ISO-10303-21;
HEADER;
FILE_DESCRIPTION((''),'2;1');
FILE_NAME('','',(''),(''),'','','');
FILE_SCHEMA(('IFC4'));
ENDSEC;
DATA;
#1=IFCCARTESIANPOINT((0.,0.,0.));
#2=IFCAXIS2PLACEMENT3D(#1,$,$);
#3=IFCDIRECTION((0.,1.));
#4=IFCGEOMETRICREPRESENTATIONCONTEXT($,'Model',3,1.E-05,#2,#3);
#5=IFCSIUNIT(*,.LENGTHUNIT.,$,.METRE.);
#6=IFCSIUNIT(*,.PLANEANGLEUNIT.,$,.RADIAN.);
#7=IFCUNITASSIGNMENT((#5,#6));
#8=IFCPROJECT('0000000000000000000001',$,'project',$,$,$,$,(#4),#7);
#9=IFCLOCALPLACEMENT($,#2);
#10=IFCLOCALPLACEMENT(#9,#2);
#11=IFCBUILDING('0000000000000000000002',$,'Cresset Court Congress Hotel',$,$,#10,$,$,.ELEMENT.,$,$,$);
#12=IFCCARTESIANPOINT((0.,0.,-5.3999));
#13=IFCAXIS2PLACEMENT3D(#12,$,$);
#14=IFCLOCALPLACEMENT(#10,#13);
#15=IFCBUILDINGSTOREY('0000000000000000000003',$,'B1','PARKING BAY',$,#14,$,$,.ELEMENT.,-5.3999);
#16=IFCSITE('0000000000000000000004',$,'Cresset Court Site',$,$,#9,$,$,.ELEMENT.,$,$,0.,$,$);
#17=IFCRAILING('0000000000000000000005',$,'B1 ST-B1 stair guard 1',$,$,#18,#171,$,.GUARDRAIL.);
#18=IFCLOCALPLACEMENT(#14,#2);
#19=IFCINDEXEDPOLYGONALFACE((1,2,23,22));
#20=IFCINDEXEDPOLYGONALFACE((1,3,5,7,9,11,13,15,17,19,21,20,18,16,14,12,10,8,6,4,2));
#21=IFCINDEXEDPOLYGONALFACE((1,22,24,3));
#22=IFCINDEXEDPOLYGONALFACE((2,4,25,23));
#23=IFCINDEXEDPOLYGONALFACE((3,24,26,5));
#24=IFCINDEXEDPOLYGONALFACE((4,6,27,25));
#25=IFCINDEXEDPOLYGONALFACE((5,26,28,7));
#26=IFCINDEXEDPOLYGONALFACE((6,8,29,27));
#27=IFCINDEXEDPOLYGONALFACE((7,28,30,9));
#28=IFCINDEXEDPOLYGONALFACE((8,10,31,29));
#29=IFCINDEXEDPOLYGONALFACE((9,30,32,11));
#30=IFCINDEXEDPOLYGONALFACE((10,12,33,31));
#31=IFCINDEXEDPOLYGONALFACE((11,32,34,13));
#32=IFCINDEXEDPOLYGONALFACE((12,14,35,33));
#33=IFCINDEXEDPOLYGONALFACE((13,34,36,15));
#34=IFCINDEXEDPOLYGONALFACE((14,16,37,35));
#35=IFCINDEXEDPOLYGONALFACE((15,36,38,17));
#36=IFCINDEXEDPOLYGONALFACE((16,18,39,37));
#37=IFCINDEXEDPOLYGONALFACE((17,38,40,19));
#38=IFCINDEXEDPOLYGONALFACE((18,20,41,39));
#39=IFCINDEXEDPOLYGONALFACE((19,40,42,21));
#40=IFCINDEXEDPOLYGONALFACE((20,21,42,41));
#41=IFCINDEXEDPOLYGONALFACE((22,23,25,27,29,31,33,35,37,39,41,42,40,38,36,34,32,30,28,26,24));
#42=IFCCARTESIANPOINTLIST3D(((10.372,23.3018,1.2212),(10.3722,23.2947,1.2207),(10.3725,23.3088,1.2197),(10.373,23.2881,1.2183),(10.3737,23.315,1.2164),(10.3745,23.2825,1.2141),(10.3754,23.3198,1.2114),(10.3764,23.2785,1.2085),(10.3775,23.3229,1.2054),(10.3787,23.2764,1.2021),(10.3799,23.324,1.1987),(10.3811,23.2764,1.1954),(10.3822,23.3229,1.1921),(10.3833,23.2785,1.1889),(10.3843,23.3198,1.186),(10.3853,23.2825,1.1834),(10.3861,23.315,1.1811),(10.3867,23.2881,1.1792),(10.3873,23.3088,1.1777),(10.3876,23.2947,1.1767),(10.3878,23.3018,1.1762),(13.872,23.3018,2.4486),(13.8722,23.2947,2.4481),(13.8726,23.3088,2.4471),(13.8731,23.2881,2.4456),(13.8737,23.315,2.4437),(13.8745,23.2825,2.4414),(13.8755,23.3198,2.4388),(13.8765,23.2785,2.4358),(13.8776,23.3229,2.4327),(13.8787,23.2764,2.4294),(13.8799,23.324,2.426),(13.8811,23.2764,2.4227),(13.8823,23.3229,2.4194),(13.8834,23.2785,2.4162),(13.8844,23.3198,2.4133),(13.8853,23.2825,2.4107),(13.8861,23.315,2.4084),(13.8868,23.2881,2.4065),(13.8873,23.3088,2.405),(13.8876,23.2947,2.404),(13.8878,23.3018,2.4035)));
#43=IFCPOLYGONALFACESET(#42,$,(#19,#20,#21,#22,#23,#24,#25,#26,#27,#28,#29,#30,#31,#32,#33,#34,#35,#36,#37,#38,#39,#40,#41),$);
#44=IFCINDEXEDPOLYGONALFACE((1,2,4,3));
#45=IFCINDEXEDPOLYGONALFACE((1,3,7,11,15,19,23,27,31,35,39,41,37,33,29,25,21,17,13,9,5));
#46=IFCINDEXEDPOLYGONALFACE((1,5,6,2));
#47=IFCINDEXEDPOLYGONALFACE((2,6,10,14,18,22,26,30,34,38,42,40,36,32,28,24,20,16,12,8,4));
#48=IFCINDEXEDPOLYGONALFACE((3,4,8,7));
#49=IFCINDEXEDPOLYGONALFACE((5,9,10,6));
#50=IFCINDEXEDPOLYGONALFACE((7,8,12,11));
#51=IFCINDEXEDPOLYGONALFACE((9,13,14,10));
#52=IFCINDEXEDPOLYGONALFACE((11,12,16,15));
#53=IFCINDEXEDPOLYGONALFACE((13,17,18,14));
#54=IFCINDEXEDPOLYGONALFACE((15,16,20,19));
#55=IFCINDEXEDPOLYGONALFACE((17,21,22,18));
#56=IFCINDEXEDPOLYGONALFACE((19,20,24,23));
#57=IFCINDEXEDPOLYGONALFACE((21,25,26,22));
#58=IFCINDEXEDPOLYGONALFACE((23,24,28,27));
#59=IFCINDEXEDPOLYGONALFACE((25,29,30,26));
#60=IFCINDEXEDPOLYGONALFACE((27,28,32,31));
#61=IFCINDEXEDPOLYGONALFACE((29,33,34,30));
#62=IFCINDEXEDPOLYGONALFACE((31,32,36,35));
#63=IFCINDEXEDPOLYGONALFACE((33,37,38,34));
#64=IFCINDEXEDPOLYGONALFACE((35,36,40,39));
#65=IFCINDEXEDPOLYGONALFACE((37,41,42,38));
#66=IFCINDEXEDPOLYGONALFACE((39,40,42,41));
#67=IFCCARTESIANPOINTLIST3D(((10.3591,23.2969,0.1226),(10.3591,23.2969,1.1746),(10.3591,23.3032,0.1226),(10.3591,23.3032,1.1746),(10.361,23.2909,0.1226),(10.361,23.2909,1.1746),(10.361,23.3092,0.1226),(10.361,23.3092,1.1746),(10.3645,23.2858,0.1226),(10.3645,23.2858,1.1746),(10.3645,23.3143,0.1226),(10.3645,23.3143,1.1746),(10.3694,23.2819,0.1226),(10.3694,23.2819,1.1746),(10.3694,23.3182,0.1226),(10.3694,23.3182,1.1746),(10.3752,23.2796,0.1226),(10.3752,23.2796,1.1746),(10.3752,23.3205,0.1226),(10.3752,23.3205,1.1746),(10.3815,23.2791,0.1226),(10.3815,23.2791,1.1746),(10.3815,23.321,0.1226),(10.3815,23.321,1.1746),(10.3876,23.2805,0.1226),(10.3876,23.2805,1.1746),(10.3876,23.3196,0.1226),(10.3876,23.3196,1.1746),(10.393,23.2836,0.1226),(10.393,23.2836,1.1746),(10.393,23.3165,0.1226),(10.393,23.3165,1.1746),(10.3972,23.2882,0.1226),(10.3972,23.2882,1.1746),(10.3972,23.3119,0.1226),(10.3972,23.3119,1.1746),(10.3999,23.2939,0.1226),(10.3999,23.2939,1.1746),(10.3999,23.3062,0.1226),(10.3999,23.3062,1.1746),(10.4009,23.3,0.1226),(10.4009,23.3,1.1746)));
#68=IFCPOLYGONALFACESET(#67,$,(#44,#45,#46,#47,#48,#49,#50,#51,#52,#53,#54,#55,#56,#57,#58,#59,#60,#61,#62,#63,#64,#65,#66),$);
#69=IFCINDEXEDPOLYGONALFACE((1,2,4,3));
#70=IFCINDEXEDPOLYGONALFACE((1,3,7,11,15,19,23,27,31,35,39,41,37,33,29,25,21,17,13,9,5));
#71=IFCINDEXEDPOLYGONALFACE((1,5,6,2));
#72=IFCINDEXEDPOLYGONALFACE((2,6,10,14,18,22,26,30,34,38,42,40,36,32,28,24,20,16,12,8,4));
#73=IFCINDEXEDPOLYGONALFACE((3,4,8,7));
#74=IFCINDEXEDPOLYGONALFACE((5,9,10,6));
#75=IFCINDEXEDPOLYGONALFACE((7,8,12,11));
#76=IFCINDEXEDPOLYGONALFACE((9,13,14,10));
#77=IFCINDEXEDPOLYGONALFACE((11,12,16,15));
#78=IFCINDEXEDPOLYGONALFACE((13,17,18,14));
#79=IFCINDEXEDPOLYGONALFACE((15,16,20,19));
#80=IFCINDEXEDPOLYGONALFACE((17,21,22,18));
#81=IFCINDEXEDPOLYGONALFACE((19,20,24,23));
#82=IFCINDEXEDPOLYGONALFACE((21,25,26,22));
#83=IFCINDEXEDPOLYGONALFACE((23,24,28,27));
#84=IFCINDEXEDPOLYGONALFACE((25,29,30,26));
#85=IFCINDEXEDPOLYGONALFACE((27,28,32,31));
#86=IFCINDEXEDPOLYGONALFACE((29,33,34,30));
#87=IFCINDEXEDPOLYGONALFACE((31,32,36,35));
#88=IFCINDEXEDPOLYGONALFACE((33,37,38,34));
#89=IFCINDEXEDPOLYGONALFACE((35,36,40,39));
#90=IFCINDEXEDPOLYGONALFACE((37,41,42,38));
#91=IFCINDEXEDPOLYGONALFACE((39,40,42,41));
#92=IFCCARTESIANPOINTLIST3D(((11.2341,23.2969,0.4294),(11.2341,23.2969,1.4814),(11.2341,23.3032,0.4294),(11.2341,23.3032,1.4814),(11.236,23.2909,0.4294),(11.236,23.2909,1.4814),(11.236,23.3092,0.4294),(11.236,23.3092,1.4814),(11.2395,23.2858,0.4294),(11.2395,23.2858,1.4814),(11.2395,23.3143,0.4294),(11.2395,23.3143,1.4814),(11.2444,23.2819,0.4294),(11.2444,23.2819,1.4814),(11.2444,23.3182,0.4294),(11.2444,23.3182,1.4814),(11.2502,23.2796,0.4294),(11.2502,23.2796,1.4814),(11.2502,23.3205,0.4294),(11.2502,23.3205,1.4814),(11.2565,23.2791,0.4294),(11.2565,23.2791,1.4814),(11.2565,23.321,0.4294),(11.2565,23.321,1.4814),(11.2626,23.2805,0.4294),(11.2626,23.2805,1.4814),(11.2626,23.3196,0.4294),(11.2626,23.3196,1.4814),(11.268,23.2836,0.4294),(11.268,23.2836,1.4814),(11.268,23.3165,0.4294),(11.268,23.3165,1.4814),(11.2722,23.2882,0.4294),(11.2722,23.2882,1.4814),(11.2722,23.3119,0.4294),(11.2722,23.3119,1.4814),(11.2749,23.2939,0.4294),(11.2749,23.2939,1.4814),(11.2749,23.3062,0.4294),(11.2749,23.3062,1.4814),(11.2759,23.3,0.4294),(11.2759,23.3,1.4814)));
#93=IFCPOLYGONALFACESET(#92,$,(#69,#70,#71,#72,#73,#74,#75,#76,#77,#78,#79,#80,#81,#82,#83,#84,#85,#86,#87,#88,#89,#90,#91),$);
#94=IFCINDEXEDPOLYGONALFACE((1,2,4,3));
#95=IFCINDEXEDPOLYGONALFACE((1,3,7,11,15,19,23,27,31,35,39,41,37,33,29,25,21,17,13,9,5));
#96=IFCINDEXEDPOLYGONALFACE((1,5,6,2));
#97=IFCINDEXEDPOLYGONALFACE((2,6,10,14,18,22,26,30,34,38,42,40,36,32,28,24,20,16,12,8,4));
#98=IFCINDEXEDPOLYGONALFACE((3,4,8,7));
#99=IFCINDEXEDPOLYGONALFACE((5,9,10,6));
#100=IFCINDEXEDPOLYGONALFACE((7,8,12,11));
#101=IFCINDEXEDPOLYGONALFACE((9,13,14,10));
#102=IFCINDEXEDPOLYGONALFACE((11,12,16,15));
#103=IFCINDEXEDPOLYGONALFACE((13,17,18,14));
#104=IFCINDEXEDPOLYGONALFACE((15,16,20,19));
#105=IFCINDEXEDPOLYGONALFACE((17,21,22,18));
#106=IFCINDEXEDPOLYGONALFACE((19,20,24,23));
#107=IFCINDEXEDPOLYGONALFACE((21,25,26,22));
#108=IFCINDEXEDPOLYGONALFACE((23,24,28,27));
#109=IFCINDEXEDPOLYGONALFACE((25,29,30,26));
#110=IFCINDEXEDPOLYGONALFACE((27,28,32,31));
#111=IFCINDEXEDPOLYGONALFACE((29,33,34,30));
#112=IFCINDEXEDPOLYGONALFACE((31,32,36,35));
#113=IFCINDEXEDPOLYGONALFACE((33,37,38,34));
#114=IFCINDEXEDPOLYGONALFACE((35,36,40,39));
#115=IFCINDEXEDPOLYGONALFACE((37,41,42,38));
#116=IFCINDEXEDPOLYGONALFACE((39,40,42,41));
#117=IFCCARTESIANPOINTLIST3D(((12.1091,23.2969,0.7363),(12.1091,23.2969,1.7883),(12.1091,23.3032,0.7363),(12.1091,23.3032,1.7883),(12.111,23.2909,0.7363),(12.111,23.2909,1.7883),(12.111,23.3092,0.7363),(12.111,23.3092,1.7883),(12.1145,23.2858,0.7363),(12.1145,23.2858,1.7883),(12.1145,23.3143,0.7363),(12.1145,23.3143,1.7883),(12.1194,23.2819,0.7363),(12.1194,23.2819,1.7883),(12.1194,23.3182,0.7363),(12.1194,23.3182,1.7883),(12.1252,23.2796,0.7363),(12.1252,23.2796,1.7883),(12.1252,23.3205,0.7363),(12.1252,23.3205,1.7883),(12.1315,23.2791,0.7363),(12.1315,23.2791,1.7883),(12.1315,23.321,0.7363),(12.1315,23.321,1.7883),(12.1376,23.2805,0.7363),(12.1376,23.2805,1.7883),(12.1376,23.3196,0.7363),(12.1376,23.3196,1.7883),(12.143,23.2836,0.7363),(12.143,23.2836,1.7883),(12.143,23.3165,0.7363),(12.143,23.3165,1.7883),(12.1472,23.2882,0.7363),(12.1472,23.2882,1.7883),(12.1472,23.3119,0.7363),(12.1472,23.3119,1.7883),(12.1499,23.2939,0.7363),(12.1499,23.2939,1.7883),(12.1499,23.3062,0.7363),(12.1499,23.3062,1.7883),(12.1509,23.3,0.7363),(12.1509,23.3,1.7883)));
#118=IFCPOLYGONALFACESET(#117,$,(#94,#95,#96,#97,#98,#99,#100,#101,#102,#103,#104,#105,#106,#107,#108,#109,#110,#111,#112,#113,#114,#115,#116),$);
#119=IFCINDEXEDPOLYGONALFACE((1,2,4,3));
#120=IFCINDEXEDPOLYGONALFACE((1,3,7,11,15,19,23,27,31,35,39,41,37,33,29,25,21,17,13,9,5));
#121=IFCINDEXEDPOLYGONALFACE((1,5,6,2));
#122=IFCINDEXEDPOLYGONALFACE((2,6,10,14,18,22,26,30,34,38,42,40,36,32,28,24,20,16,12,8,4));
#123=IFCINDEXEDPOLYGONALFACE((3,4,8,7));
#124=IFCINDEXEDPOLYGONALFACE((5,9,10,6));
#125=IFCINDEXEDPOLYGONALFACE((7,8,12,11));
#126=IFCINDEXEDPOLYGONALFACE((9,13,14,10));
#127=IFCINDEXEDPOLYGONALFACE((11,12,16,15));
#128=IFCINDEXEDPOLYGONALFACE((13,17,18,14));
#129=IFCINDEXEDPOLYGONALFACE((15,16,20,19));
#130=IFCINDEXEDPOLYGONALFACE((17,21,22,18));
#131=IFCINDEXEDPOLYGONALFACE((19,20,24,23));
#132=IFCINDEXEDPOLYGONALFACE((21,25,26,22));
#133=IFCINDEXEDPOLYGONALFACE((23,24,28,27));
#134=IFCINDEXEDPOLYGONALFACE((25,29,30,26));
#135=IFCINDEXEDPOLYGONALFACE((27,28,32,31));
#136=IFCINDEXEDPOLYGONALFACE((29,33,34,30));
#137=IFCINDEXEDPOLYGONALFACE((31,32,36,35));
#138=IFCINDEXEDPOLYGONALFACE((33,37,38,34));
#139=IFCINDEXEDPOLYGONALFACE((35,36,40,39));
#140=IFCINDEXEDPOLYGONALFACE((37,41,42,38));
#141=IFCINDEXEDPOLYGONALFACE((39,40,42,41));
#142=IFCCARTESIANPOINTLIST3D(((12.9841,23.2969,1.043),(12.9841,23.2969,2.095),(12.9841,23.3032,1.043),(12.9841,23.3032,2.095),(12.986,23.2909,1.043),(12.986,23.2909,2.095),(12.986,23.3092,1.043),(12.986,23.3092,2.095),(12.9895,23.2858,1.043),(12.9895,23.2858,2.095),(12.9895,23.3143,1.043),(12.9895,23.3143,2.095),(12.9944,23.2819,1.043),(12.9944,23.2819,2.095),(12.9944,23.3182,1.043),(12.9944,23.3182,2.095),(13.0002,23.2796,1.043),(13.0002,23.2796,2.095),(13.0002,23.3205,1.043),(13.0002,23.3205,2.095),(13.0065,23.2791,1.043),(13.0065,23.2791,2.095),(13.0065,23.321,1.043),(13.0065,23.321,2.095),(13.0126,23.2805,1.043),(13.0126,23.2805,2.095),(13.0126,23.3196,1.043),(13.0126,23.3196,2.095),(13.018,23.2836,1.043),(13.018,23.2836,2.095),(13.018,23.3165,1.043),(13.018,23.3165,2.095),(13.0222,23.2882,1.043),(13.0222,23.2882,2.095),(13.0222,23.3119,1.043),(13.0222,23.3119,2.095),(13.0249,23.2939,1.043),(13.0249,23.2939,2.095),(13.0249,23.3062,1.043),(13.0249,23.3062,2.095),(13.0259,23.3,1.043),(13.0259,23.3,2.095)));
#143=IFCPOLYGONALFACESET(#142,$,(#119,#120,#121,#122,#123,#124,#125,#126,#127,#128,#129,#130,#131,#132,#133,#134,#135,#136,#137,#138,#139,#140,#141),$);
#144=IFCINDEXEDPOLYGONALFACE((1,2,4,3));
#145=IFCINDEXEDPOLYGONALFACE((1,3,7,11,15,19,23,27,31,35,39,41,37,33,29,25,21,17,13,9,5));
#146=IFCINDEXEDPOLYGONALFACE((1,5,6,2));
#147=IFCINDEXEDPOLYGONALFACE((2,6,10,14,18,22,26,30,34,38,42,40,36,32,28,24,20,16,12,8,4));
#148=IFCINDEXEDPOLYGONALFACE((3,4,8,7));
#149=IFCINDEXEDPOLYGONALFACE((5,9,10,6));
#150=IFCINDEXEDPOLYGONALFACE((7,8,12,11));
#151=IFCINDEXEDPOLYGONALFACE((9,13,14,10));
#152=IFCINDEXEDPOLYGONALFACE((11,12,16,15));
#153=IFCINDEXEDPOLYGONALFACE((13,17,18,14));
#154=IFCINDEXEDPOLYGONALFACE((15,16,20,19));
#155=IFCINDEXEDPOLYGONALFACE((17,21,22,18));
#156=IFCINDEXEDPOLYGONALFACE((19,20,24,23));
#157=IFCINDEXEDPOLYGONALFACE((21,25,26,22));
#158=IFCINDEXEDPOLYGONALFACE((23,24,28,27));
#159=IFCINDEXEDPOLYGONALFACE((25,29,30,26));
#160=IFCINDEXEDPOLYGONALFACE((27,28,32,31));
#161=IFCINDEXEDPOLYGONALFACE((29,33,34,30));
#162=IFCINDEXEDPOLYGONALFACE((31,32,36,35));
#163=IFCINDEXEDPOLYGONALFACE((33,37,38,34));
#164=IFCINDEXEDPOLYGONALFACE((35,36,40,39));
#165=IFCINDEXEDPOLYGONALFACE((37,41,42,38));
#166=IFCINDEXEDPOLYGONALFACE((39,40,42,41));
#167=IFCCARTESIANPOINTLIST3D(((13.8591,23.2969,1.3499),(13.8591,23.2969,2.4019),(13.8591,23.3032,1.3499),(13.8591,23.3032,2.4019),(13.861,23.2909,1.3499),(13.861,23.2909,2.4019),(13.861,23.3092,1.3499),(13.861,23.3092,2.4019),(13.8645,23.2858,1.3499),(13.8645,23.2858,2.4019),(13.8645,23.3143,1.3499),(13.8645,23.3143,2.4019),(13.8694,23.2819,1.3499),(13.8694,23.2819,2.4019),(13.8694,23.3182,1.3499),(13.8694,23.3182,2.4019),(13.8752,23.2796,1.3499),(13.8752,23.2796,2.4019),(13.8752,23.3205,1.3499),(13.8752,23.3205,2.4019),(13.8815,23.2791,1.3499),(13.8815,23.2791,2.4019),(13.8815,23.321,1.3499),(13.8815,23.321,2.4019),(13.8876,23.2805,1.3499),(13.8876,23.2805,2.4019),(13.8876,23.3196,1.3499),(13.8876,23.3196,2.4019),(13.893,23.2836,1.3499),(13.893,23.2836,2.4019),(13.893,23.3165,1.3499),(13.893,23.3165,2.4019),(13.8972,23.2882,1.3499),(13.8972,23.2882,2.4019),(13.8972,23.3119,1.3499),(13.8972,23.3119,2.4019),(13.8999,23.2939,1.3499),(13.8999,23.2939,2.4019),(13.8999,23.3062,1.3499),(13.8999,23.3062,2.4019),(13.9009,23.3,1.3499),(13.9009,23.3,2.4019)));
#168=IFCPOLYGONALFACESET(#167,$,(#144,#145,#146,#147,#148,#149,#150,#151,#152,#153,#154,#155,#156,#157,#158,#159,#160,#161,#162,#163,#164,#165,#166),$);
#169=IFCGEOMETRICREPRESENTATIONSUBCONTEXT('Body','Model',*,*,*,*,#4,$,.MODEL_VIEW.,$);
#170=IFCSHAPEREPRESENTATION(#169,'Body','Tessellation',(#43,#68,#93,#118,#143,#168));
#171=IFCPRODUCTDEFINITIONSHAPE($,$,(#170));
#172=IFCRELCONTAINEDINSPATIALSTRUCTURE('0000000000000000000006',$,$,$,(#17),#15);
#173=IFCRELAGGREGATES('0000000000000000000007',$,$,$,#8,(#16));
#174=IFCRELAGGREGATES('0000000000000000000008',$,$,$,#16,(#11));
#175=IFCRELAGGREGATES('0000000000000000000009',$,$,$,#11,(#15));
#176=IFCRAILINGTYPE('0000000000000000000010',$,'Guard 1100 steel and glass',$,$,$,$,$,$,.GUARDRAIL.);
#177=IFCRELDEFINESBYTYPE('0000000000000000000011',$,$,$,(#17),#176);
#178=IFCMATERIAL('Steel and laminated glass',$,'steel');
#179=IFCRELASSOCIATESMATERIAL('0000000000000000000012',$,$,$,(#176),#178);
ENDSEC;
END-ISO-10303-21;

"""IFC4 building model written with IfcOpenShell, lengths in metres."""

from ifc_helpers import new_model, si_unit, direction, frame, origin, origin_2d, place, context, subcontext, project, spatial, circle, extrude, material, type_object, element, save


model = new_model("IFC4")

# Units and contexts
model_context = context("Model", 3, precision=1e-05, world=origin(), true_north=direction((0.0, 1.0)))
body_context = subcontext(model_context, "Body", "Model", "MODEL_VIEW")
ifc_project = project(units=[si_unit("LENGTHUNIT", "METRE"), si_unit("PLANEANGLEUNIT", "RADIAN")], contexts=[model_context])

# Site, building, storey
site_placement = place(None, origin())
site = spatial("IfcSite", under=ifc_project, at=site_placement, Name="Cresset Court Site", CompositionType="ELEMENT", RefElevation=0.0)
building_placement = place(site_placement, origin())
building = spatial("IfcBuilding", under=site, at=building_placement, Name="Cresset Court Congress Hotel", CompositionType="ELEMENT")
storey_placement = place(building_placement, frame((0.0, 0.0, -5.3999)))
storey = spatial("IfcBuildingStorey", under=building, at=storey_placement, Name="B1", Description="PARKING BAY", CompositionType="ELEMENT", Elevation=-5.3999)

# Railing
ifc_material_1 = material(Name="Steel and laminated glass", Category="steel")
railing_type_1 = type_object("IfcRailingType", Name="Guard 1100 steel and glass", PredefinedType="GUARDRAIL", material=ifc_material_1)
for number, where, name in (
    (1, (10.3799, 23.3, 0.1226), "B1 ST-B1 stair guard 1"),
):
    element("IfcRailing", number, at=place(storey_placement, frame(where)), inside=storey, type_object=railing_type_1, Name=name, PredefinedType="GUARDRAIL", context=body_context, shape_type="SweptSolid", body=[
        extrude(circle(Radius=0.0239, at=origin_2d()), frame((0.0, 0.0, 1.0762), z_axis=(0.943665, 0.0, 0.330902), x_axis=(0.0, 1.0, 0.0)), (0.0, 0.0, 1.0), 3.709),
        extrude(circle(Radius=0.021, at=origin_2d()), origin(), (0.0, 0.0, 1.0), 1.052),
        extrude(circle(Radius=0.021, at=origin_2d()), frame((0.875, 0.0, 0.3069)), (0.0, 0.0, 1.0), 1.052),
        extrude(circle(Radius=0.021, at=origin_2d()), frame((1.75, 0.0, 0.6138)), (0.0, 0.0, 1.0), 1.052),
        extrude(circle(Radius=0.021, at=origin_2d()), frame((2.625, 0.0, 0.9204)), (0.0, 0.0, 1.0), 1.052),
        extrude(circle(Radius=0.021, at=origin_2d()), frame((3.5, 0.0, 1.2273)), (0.0, 0.0, 1.0), 1.052),
    ])

save(model, "model.ifc")
